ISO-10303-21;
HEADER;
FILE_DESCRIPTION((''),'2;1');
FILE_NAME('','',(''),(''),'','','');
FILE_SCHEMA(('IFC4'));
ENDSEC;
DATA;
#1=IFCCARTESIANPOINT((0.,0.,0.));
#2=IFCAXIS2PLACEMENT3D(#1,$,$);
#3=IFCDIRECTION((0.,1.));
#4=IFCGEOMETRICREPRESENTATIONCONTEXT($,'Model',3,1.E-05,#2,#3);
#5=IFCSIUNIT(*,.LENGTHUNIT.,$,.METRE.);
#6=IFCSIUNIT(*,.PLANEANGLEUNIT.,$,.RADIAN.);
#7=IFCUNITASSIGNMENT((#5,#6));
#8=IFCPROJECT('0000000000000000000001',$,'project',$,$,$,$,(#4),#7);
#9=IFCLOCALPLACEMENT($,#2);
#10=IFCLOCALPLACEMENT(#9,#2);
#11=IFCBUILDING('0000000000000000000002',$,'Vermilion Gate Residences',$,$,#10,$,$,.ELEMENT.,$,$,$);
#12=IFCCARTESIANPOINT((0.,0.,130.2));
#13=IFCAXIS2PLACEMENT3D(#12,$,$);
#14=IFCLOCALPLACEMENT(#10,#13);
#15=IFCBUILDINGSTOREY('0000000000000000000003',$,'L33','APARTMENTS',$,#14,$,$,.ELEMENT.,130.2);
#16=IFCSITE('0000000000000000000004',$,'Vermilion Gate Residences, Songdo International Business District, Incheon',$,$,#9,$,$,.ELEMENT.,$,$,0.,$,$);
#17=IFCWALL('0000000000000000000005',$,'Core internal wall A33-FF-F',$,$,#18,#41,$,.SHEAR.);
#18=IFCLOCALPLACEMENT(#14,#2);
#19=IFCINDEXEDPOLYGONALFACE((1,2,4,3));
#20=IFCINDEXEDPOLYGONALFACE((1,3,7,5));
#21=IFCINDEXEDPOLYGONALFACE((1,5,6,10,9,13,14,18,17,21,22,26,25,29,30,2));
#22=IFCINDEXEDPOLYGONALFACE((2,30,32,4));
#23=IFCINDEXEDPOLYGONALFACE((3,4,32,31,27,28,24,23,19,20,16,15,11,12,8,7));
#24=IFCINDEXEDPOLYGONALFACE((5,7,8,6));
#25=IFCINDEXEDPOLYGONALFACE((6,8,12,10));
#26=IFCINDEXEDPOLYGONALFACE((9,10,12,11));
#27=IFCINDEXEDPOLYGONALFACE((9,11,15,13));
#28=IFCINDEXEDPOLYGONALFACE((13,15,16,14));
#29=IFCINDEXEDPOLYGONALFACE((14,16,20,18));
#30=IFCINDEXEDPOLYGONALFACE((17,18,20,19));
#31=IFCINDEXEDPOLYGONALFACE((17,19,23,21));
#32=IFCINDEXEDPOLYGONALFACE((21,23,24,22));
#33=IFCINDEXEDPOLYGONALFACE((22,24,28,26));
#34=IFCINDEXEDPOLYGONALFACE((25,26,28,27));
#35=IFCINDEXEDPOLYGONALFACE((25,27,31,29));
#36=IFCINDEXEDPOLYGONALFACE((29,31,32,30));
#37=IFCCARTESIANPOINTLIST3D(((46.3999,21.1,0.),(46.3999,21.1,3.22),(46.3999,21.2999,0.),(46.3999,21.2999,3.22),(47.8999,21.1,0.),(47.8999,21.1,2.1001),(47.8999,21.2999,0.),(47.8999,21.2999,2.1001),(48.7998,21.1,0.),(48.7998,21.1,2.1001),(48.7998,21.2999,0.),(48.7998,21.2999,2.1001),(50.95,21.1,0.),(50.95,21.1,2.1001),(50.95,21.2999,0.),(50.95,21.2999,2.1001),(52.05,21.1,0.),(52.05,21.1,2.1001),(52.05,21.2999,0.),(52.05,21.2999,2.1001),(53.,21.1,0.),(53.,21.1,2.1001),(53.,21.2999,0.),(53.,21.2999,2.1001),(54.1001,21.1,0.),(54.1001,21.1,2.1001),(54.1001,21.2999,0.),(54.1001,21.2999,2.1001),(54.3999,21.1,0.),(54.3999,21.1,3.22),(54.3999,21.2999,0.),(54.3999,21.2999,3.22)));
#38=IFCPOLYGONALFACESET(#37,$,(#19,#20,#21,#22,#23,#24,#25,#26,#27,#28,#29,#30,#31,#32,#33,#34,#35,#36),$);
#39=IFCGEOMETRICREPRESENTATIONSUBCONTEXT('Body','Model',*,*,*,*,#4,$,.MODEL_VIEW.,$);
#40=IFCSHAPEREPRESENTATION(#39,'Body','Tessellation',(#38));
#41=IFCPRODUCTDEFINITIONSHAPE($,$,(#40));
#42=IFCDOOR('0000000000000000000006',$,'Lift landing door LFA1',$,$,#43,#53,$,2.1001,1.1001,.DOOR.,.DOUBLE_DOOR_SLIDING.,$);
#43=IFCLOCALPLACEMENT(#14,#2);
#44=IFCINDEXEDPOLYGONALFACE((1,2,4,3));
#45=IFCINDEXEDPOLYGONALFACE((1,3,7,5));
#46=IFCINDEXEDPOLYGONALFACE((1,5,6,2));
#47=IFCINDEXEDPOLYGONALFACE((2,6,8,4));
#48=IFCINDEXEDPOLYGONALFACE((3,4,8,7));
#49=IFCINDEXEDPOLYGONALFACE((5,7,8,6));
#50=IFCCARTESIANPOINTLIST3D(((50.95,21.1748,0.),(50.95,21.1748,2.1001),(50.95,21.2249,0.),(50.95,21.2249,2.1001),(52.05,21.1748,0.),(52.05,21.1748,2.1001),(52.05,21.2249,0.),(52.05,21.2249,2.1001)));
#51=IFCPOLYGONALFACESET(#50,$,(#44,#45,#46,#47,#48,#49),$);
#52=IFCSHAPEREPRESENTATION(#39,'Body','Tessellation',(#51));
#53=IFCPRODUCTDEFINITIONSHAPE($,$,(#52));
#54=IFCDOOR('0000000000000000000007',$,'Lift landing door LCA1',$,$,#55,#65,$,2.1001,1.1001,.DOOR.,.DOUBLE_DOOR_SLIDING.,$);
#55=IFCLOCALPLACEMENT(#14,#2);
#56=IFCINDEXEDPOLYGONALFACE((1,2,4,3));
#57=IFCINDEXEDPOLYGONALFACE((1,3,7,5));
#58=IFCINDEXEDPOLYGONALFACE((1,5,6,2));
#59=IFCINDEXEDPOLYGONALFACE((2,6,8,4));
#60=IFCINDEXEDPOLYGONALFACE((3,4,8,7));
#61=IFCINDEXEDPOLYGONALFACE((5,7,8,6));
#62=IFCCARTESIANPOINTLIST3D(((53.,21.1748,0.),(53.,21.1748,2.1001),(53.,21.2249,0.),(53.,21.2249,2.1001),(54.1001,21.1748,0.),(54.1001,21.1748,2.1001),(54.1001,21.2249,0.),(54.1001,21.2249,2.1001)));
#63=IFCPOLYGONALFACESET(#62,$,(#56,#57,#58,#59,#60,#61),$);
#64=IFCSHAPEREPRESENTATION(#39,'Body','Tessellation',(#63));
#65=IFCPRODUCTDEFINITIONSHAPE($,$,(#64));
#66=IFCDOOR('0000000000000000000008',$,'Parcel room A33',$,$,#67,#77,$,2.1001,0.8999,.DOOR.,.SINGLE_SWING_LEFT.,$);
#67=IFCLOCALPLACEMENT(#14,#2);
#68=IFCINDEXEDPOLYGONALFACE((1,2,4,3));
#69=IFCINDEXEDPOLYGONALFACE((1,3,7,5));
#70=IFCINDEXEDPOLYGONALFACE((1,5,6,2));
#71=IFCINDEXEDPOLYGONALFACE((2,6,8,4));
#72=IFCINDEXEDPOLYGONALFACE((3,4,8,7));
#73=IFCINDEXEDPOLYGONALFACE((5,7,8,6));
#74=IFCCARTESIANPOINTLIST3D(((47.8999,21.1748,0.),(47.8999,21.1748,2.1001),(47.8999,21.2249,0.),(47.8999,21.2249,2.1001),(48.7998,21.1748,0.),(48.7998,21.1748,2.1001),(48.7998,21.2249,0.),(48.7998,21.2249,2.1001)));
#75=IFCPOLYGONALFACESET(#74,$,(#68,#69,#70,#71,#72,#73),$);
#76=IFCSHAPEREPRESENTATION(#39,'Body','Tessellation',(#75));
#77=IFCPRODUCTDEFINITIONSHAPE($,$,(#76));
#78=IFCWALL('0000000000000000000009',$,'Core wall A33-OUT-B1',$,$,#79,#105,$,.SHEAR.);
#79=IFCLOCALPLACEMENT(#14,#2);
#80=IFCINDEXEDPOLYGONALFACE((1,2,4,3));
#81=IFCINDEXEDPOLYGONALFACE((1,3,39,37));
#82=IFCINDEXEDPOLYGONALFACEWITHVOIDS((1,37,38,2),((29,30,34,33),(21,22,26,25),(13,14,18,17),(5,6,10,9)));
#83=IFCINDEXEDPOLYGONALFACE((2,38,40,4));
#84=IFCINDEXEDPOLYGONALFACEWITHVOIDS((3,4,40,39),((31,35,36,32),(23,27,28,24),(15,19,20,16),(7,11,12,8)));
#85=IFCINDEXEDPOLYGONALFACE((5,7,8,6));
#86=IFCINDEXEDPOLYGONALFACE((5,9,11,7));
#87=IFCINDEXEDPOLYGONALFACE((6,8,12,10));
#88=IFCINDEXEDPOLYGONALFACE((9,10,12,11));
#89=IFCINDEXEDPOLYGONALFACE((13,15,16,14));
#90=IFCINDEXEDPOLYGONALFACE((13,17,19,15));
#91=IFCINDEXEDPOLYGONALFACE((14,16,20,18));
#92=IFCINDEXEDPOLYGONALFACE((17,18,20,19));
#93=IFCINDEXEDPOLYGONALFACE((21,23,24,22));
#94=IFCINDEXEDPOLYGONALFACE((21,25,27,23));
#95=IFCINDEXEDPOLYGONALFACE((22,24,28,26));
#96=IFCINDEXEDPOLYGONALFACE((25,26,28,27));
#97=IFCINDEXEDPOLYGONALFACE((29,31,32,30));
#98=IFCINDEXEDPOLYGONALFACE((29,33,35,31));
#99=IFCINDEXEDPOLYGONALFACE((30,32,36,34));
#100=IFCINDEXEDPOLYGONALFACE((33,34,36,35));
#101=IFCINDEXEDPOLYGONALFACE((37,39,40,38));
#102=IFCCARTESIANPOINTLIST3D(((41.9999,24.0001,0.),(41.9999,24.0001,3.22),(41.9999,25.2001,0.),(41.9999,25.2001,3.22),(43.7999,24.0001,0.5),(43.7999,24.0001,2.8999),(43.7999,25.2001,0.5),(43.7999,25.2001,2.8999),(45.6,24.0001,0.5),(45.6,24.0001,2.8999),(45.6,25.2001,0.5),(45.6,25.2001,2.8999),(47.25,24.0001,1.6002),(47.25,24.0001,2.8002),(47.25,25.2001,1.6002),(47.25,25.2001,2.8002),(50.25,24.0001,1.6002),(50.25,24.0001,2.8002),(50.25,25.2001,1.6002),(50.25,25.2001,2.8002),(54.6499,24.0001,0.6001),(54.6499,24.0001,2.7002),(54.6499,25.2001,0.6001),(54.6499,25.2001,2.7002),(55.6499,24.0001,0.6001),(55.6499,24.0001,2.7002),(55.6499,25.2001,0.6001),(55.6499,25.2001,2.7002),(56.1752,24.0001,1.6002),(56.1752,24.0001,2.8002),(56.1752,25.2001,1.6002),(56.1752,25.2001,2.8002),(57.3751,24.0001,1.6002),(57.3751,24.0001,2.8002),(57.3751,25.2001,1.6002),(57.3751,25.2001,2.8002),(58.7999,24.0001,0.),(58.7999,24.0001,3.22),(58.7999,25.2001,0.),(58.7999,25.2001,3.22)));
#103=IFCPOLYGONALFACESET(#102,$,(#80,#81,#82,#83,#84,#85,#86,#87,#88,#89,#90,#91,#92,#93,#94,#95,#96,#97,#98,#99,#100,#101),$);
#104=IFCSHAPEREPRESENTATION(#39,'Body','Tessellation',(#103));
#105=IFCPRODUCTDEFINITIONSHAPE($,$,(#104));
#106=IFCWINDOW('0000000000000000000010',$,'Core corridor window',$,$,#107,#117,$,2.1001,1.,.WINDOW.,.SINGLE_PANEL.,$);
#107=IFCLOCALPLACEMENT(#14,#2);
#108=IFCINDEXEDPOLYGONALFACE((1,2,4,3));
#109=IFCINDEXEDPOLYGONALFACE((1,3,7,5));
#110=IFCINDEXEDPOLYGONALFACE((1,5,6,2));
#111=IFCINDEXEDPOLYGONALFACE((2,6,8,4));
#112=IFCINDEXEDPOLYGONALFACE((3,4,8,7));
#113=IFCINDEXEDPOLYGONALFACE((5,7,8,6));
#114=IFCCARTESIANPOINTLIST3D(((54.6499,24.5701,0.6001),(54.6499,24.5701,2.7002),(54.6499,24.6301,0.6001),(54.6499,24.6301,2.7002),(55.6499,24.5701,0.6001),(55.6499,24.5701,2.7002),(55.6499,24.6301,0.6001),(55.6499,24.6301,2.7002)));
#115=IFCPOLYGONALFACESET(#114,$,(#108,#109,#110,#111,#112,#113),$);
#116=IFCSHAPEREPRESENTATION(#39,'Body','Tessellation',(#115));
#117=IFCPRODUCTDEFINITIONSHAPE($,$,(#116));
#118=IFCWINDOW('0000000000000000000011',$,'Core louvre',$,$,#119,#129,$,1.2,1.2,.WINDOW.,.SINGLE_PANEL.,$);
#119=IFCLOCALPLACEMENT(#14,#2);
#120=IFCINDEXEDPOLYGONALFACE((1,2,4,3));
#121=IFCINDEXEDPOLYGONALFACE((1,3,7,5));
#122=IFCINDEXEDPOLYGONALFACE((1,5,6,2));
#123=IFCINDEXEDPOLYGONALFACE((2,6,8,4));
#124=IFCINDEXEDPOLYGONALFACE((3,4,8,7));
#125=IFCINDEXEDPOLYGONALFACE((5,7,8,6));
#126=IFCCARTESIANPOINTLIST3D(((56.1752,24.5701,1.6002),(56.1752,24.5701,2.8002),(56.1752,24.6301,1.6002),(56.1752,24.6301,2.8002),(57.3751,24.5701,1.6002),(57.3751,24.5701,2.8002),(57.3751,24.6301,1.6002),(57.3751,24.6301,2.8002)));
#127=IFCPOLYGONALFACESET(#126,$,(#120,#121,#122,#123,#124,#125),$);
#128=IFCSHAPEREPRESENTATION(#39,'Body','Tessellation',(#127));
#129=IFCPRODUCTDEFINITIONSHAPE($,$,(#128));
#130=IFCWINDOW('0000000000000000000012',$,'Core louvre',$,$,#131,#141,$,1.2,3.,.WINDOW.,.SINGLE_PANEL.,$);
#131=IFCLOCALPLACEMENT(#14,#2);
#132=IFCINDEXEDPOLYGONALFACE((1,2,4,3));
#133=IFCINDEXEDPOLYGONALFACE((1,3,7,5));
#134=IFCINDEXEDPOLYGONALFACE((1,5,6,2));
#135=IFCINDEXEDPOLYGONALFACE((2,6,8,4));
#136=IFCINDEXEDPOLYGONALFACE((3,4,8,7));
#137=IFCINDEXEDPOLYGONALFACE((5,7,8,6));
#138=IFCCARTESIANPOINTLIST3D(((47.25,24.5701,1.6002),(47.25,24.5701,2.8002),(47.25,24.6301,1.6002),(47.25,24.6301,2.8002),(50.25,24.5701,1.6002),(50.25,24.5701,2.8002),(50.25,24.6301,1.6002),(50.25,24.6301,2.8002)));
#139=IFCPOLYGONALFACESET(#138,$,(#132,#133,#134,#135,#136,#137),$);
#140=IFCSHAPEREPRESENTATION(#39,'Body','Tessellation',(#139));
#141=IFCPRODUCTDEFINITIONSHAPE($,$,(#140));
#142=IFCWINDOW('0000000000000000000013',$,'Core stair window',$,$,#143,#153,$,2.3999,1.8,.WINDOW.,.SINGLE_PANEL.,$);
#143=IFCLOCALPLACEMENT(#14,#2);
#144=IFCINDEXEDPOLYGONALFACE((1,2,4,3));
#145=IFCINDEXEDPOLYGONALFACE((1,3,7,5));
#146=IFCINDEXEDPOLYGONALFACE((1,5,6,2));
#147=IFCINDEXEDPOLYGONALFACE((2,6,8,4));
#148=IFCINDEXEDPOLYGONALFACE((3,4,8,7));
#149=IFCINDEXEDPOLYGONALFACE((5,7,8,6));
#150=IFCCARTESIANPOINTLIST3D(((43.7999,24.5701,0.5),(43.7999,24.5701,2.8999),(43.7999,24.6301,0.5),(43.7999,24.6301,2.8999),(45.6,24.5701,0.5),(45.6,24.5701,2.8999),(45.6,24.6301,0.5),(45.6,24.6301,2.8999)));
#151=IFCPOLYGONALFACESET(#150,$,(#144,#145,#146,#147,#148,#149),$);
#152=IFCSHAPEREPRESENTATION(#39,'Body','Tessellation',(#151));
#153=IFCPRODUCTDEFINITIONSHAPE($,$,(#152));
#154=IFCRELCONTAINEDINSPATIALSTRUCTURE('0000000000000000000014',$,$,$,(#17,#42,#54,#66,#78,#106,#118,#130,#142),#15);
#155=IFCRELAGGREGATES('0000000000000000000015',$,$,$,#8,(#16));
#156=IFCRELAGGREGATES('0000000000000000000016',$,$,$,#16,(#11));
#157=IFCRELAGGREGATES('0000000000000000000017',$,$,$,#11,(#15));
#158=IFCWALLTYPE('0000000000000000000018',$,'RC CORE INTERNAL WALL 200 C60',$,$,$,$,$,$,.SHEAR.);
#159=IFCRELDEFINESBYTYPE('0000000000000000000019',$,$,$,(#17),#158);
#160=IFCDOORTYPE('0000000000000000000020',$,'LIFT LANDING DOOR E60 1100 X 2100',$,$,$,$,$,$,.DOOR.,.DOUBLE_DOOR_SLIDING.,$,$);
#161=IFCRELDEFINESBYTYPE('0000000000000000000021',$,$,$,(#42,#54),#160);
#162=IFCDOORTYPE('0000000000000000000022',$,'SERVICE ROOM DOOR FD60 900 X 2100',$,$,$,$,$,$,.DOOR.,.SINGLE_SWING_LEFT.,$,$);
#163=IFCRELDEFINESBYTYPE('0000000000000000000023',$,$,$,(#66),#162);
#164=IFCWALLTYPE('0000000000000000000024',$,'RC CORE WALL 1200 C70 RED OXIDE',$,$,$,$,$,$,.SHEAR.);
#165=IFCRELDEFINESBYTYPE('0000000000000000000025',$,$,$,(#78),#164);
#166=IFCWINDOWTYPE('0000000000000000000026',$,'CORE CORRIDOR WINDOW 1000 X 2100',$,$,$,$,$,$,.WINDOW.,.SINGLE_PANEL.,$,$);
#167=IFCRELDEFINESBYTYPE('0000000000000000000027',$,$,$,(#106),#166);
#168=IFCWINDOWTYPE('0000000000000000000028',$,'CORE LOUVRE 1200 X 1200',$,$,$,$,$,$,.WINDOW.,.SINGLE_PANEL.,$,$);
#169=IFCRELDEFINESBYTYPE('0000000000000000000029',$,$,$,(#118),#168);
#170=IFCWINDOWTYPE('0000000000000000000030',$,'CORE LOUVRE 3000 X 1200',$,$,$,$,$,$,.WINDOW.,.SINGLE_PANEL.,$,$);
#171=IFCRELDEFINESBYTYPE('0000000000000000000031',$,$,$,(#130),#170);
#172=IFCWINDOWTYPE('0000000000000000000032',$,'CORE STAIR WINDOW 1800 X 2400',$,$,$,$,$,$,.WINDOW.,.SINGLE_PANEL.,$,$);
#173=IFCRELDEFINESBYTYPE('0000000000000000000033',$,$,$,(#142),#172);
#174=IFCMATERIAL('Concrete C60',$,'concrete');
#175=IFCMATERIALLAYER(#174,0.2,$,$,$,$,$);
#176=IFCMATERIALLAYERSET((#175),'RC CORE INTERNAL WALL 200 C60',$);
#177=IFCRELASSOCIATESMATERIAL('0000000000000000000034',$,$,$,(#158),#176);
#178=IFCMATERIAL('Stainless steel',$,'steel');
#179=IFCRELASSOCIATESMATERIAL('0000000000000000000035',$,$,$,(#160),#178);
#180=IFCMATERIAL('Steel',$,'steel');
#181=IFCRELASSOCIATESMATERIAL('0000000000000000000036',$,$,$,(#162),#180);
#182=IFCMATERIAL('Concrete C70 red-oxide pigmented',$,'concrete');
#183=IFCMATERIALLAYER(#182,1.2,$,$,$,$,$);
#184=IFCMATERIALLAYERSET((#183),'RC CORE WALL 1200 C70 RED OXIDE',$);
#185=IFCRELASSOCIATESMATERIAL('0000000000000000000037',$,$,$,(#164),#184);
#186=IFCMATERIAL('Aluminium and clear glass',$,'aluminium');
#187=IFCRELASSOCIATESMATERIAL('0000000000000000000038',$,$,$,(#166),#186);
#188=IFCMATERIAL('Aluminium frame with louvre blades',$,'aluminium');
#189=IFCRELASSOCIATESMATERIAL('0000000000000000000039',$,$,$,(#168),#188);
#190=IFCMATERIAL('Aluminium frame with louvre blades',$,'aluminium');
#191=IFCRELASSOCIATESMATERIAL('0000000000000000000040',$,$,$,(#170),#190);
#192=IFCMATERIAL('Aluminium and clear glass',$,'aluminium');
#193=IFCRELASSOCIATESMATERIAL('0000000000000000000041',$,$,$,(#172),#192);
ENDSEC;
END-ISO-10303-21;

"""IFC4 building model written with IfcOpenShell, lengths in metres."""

from ifc_helpers import new_model, si_unit, direction, frame, frame_2d, origin, place, context, subcontext, project, spatial, rectangle, extrude, material, layer, layer_set, type_object, element, fill, save


model = new_model("IFC4")

# Units and contexts
model_context = context("Model", 3, precision=1e-05, world=origin(), true_north=direction((0.0, 1.0)))
body_context = subcontext(model_context, "Body", "Model", "MODEL_VIEW")
ifc_project = project(units=[si_unit("LENGTHUNIT", "METRE"), si_unit("PLANEANGLEUNIT", "RADIAN")], contexts=[model_context])

# Site, building, storey
site_placement = place(None, origin())
site = spatial("IfcSite", under=ifc_project, at=site_placement, Name="Vermilion Gate Residences, Songdo International Business District, Incheon", CompositionType="ELEMENT", RefElevation=0.0)
building_placement = place(site_placement, origin())
building = spatial("IfcBuilding", under=site, at=building_placement, Name="Vermilion Gate Residences", CompositionType="ELEMENT")
storey_placement = place(building_placement, frame((0.0, 0.0, 130.2)))
storey = spatial("IfcBuildingStorey", under=building, at=storey_placement, Name="L33", Description="APARTMENTS", CompositionType="ELEMENT", Elevation=130.2)

# Shared definitions
ifc_material_1 = material(Name="Concrete C60", Category="concrete")
ifc_layer_1 = layer(ifc_material_1, 0.2)
ifc_layer_set_1 = layer_set([ifc_layer_1], Name="RC CORE INTERNAL WALL 200 C60")
wall_type_1 = type_object("IfcWallType", Name="RC CORE INTERNAL WALL 200 C60", PredefinedType="SHEAR", material=ifc_layer_set_1)

# Wall, openings, doors
wall_1_placement = place(storey_placement, frame((46.3999, 21.2, 0.0), z_axis=(0.0, 0.0, 1.0), x_axis=(1.0, 0.0, 0.0)))
wall_1 = element("IfcWall", 1, at=wall_1_placement, inside=storey, type_object=wall_type_1, Name="Core internal wall A33-FF-F", PredefinedType="SHEAR", context=body_context, shape_type="SweptSolid", body=[
    extrude(rectangle(XDim=8.0, YDim=0.2, at=frame_2d((4.0, 0.0))), origin(), (0.0, 0.0, 1.0), 3.22),
])
opening_1_placement = place(wall_1_placement, frame((1.5, 0.0, 0.0)))
opening_1 = element("IfcOpeningElement", 2, at=opening_1_placement, cuts=wall_1, PredefinedType="OPENING", context=body_context, shape_type="SweptSolid", body=[
    extrude(rectangle(XDim=0.8999, YDim=2.1001, at=frame_2d((0.45, 1.05))), frame((0.0, 0.1099, 0.0), z_axis=(0.0, -1.0, 0.0), x_axis=(1.0, 0.0, 0.0)), (0.0, 0.0, 1.0), 0.22),
])
opening_2_placement = place(wall_1_placement, frame((4.55, 0.0, 0.0)))
opening_2 = element("IfcOpeningElement", 3, at=opening_2_placement, cuts=wall_1, PredefinedType="OPENING", context=body_context, shape_type="SweptSolid", body=[
    extrude(rectangle(XDim=1.1001, YDim=2.1001, at=frame_2d((0.55, 1.05))), frame((0.0, 0.1099, 0.0), z_axis=(0.0, -1.0, 0.0), x_axis=(1.0, 0.0, 0.0)), (0.0, 0.0, 1.0), 0.22),
])
opening_3_placement = place(wall_1_placement, frame((6.6001, 0.0, 0.0)))
opening_3 = element("IfcOpeningElement", 4, at=opening_3_placement, cuts=wall_1, PredefinedType="OPENING", context=body_context, shape_type="SweptSolid", body=[
    extrude(rectangle(XDim=1.1001, YDim=2.1001, at=frame_2d((0.55, 1.05))), frame((0.0, 0.1099, 0.0), z_axis=(0.0, -1.0, 0.0), x_axis=(1.0, 0.0, 0.0)), (0.0, 0.0, 1.0), 0.22),
])
ifc_material_2 = material(Name="Stainless steel", Category="steel")
door_type_1 = type_object("IfcDoorType", Name="LIFT LANDING DOOR E60 1100 X 2100", OperationType="DOUBLE_DOOR_SLIDING", PredefinedType="DOOR", material=ifc_material_2)
door_1_placement = place(opening_2_placement, origin())
door_1 = element("IfcDoor", 5, at=door_1_placement, inside=storey, type_object=door_type_1, Name="Lift landing door LFA1", OperationType="DOUBLE_DOOR_SLIDING", OverallHeight=2.1001, OverallWidth=1.1001, PredefinedType="DOOR", context=body_context, shape_type="SweptSolid", body=[
    extrude(rectangle(XDim=1.1001, YDim=2.1001, at=frame_2d((0.55, 1.05))), frame((0.0, 0.0249, 0.0), z_axis=(0.0, -1.0, 0.0), x_axis=(1.0, 0.0, 0.0)), (0.0, 0.0, 1.0), 0.05),
])
fill(opening_2, door_1)
door_2_placement = place(opening_3_placement, origin())
door_2 = element("IfcDoor", 6, at=door_2_placement, inside=storey, type_object=door_type_1, Name="Lift landing door LCA1", OperationType="DOUBLE_DOOR_SLIDING", OverallHeight=2.1001, OverallWidth=1.1001, PredefinedType="DOOR", context=body_context, shape_type="SweptSolid", body=[
    extrude(rectangle(XDim=1.1001, YDim=2.1001, at=frame_2d((0.55, 1.05))), frame((0.0, 0.0249, 0.0), z_axis=(0.0, -1.0, 0.0), x_axis=(1.0, 0.0, 0.0)), (0.0, 0.0, 1.0), 0.05),
])
fill(opening_3, door_2)
ifc_material_3 = material(Name="Steel", Category="steel")
door_type_2 = type_object("IfcDoorType", Name="SERVICE ROOM DOOR FD60 900 X 2100", OperationType="SINGLE_SWING_LEFT", PredefinedType="DOOR", material=ifc_material_3)
door_3_placement = place(opening_1_placement, origin())
door_3 = element("IfcDoor", 7, at=door_3_placement, inside=storey, type_object=door_type_2, Name="Parcel room A33", OperationType="SINGLE_SWING_LEFT", OverallHeight=2.1001, OverallWidth=0.8999, PredefinedType="DOOR", context=body_context, shape_type="SweptSolid", body=[
    extrude(rectangle(XDim=0.8999, YDim=2.1001, at=frame_2d((0.45, 1.05))), frame((0.0, 0.0249, 0.0), z_axis=(0.0, -1.0, 0.0), x_axis=(1.0, 0.0, 0.0)), (0.0, 0.0, 1.0), 0.05),
])
fill(opening_1, door_3)

# Wall, openings, windows
ifc_material_4 = material(Name="Concrete C70 red-oxide pigmented", Category="concrete")
ifc_layer_2 = layer(ifc_material_4, 1.2)
ifc_layer_set_2 = layer_set([ifc_layer_2], Name="RC CORE WALL 1200 C70 RED OXIDE")
wall_type_2 = type_object("IfcWallType", Name="RC CORE WALL 1200 C70 RED OXIDE", PredefinedType="SHEAR", material=ifc_layer_set_2)
wall_2_placement = place(storey_placement, frame((42.0, 24.6001, 0.0), z_axis=(0.0, 0.0, 1.0), x_axis=(1.0, 0.0, 0.0)))
wall_2 = element("IfcWall", 8, at=wall_2_placement, inside=storey, type_object=wall_type_2, Name="Core wall A33-OUT-B1", PredefinedType="SHEAR", context=body_context, shape_type="SweptSolid", body=[
    extrude(rectangle(XDim=16.8, YDim=1.2, at=frame_2d((8.3999, 0.0))), origin(), (0.0, 0.0, 1.0), 3.22),
])
opening_4_placement = place(wall_2_placement, frame((1.8, 0.0, 0.5)))
opening_4 = element("IfcOpeningElement", 9, at=opening_4_placement, cuts=wall_2, PredefinedType="OPENING", context=body_context, shape_type="SweptSolid", body=[
    extrude(rectangle(XDim=1.8, YDim=2.3999, at=frame_2d((0.8999, 1.2))), frame((0.0, 0.6099, 0.0), z_axis=(0.0, -1.0, 0.0), x_axis=(1.0, 0.0, 0.0)), (0.0, 0.0, 1.0), 1.22),
])
opening_5_placement = place(wall_2_placement, frame((5.25, 0.0, 1.6001)))
opening_5 = element("IfcOpeningElement", 10, at=opening_5_placement, cuts=wall_2, PredefinedType="OPENING", context=body_context, shape_type="SweptSolid", body=[
    extrude(rectangle(XDim=3.0, YDim=1.2, at=frame_2d((1.5, 0.6001))), frame((0.0, 0.6099, 0.0), z_axis=(0.0, -1.0, 0.0), x_axis=(1.0, 0.0, 0.0)), (0.0, 0.0, 1.0), 1.22),
])
opening_6_placement = place(wall_2_placement, frame((12.6499, 0.0, 0.6001)))
opening_6 = element("IfcOpeningElement", 11, at=opening_6_placement, cuts=wall_2, PredefinedType="OPENING", context=body_context, shape_type="SweptSolid", body=[
    extrude(rectangle(XDim=1.0, YDim=2.1001, at=frame_2d((0.5, 1.05))), frame((0.0, 0.6099, 0.0), z_axis=(0.0, -1.0, 0.0), x_axis=(1.0, 0.0, 0.0)), (0.0, 0.0, 1.0), 1.22),
])
opening_7_placement = place(wall_2_placement, frame((14.175, 0.0, 1.6001)))
opening_7 = element("IfcOpeningElement", 12, at=opening_7_placement, cuts=wall_2, PredefinedType="OPENING", context=body_context, shape_type="SweptSolid", body=[
    extrude(rectangle(XDim=1.2, YDim=1.2, at=frame_2d((0.6001, 0.6001))), frame((0.0, 0.6099, 0.0), z_axis=(0.0, -1.0, 0.0), x_axis=(1.0, 0.0, 0.0)), (0.0, 0.0, 1.0), 1.22),
])
ifc_material_5 = material(Name="Aluminium and clear glass", Category="aluminium")
window_type_1 = type_object("IfcWindowType", Name="CORE CORRIDOR WINDOW 1000 X 2100", PartitioningType="SINGLE_PANEL", PredefinedType="WINDOW", material=ifc_material_5)
window_1_placement = place(opening_6_placement, origin())
window_1 = element("IfcWindow", 13, at=window_1_placement, inside=storey, type_object=window_type_1, Name="Core corridor window", OverallHeight=2.1001, OverallWidth=1.0, PartitioningType="SINGLE_PANEL", PredefinedType="WINDOW", context=body_context, shape_type="SweptSolid", body=[
    extrude(rectangle(XDim=1.0, YDim=2.1001, at=frame_2d((0.5, 1.05))), frame((0.0, 0.03, 0.0), z_axis=(0.0, -1.0, 0.0), x_axis=(1.0, 0.0, 0.0)), (0.0, 0.0, 1.0), 0.0601),
])
fill(opening_6, window_1)
ifc_material_6 = material(Name="Aluminium frame with louvre blades", Category="aluminium")
window_type_2 = type_object("IfcWindowType", Name="CORE LOUVRE 1200 X 1200", PartitioningType="SINGLE_PANEL", PredefinedType="WINDOW", material=ifc_material_6)
window_2_placement = place(opening_7_placement, origin())
window_2 = element("IfcWindow", 14, at=window_2_placement, inside=storey, type_object=window_type_2, Name="Core louvre", OverallHeight=1.2, OverallWidth=1.2, PartitioningType="SINGLE_PANEL", PredefinedType="WINDOW", context=body_context, shape_type="SweptSolid", body=[
    extrude(rectangle(XDim=1.2, YDim=1.2, at=frame_2d((0.6001, 0.6001))), frame((0.0, 0.03, 0.0), z_axis=(0.0, -1.0, 0.0), x_axis=(1.0, 0.0, 0.0)), (0.0, 0.0, 1.0), 0.0601),
])
fill(opening_7, window_2)
ifc_material_7 = material(Name="Aluminium frame with louvre blades", Category="aluminium")
window_type_3 = type_object("IfcWindowType", Name="CORE LOUVRE 3000 X 1200", PartitioningType="SINGLE_PANEL", PredefinedType="WINDOW", material=ifc_material_7)
window_3_placement = place(opening_5_placement, origin())
window_3 = element("IfcWindow", 15, at=window_3_placement, inside=storey, type_object=window_type_3, Name="Core louvre", OverallHeight=1.2, OverallWidth=3.0, PartitioningType="SINGLE_PANEL", PredefinedType="WINDOW", context=body_context, shape_type="SweptSolid", body=[
    extrude(rectangle(XDim=3.0, YDim=1.2, at=frame_2d((1.5, 0.6001))), frame((0.0, 0.03, 0.0), z_axis=(0.0, -1.0, 0.0), x_axis=(1.0, 0.0, 0.0)), (0.0, 0.0, 1.0), 0.0601),
])
fill(opening_5, window_3)
ifc_material_8 = material(Name="Aluminium and clear glass", Category="aluminium")
window_type_4 = type_object("IfcWindowType", Name="CORE STAIR WINDOW 1800 X 2400", PartitioningType="SINGLE_PANEL", PredefinedType="WINDOW", material=ifc_material_8)
window_4_placement = place(opening_4_placement, origin())
window_4 = element("IfcWindow", 16, at=window_4_placement, inside=storey, type_object=window_type_4, Name="Core stair window", OverallHeight=2.3999, OverallWidth=1.8, PartitioningType="SINGLE_PANEL", PredefinedType="WINDOW", context=body_context, shape_type="SweptSolid", body=[
    extrude(rectangle(XDim=1.8, YDim=2.3999, at=frame_2d((0.8999, 1.2))), frame((0.0, 0.03, 0.0), z_axis=(0.0, -1.0, 0.0), x_axis=(1.0, 0.0, 0.0)), (0.0, 0.0, 1.0), 0.0601),
])
fill(opening_4, window_4)

save(model, "model.ifc")
